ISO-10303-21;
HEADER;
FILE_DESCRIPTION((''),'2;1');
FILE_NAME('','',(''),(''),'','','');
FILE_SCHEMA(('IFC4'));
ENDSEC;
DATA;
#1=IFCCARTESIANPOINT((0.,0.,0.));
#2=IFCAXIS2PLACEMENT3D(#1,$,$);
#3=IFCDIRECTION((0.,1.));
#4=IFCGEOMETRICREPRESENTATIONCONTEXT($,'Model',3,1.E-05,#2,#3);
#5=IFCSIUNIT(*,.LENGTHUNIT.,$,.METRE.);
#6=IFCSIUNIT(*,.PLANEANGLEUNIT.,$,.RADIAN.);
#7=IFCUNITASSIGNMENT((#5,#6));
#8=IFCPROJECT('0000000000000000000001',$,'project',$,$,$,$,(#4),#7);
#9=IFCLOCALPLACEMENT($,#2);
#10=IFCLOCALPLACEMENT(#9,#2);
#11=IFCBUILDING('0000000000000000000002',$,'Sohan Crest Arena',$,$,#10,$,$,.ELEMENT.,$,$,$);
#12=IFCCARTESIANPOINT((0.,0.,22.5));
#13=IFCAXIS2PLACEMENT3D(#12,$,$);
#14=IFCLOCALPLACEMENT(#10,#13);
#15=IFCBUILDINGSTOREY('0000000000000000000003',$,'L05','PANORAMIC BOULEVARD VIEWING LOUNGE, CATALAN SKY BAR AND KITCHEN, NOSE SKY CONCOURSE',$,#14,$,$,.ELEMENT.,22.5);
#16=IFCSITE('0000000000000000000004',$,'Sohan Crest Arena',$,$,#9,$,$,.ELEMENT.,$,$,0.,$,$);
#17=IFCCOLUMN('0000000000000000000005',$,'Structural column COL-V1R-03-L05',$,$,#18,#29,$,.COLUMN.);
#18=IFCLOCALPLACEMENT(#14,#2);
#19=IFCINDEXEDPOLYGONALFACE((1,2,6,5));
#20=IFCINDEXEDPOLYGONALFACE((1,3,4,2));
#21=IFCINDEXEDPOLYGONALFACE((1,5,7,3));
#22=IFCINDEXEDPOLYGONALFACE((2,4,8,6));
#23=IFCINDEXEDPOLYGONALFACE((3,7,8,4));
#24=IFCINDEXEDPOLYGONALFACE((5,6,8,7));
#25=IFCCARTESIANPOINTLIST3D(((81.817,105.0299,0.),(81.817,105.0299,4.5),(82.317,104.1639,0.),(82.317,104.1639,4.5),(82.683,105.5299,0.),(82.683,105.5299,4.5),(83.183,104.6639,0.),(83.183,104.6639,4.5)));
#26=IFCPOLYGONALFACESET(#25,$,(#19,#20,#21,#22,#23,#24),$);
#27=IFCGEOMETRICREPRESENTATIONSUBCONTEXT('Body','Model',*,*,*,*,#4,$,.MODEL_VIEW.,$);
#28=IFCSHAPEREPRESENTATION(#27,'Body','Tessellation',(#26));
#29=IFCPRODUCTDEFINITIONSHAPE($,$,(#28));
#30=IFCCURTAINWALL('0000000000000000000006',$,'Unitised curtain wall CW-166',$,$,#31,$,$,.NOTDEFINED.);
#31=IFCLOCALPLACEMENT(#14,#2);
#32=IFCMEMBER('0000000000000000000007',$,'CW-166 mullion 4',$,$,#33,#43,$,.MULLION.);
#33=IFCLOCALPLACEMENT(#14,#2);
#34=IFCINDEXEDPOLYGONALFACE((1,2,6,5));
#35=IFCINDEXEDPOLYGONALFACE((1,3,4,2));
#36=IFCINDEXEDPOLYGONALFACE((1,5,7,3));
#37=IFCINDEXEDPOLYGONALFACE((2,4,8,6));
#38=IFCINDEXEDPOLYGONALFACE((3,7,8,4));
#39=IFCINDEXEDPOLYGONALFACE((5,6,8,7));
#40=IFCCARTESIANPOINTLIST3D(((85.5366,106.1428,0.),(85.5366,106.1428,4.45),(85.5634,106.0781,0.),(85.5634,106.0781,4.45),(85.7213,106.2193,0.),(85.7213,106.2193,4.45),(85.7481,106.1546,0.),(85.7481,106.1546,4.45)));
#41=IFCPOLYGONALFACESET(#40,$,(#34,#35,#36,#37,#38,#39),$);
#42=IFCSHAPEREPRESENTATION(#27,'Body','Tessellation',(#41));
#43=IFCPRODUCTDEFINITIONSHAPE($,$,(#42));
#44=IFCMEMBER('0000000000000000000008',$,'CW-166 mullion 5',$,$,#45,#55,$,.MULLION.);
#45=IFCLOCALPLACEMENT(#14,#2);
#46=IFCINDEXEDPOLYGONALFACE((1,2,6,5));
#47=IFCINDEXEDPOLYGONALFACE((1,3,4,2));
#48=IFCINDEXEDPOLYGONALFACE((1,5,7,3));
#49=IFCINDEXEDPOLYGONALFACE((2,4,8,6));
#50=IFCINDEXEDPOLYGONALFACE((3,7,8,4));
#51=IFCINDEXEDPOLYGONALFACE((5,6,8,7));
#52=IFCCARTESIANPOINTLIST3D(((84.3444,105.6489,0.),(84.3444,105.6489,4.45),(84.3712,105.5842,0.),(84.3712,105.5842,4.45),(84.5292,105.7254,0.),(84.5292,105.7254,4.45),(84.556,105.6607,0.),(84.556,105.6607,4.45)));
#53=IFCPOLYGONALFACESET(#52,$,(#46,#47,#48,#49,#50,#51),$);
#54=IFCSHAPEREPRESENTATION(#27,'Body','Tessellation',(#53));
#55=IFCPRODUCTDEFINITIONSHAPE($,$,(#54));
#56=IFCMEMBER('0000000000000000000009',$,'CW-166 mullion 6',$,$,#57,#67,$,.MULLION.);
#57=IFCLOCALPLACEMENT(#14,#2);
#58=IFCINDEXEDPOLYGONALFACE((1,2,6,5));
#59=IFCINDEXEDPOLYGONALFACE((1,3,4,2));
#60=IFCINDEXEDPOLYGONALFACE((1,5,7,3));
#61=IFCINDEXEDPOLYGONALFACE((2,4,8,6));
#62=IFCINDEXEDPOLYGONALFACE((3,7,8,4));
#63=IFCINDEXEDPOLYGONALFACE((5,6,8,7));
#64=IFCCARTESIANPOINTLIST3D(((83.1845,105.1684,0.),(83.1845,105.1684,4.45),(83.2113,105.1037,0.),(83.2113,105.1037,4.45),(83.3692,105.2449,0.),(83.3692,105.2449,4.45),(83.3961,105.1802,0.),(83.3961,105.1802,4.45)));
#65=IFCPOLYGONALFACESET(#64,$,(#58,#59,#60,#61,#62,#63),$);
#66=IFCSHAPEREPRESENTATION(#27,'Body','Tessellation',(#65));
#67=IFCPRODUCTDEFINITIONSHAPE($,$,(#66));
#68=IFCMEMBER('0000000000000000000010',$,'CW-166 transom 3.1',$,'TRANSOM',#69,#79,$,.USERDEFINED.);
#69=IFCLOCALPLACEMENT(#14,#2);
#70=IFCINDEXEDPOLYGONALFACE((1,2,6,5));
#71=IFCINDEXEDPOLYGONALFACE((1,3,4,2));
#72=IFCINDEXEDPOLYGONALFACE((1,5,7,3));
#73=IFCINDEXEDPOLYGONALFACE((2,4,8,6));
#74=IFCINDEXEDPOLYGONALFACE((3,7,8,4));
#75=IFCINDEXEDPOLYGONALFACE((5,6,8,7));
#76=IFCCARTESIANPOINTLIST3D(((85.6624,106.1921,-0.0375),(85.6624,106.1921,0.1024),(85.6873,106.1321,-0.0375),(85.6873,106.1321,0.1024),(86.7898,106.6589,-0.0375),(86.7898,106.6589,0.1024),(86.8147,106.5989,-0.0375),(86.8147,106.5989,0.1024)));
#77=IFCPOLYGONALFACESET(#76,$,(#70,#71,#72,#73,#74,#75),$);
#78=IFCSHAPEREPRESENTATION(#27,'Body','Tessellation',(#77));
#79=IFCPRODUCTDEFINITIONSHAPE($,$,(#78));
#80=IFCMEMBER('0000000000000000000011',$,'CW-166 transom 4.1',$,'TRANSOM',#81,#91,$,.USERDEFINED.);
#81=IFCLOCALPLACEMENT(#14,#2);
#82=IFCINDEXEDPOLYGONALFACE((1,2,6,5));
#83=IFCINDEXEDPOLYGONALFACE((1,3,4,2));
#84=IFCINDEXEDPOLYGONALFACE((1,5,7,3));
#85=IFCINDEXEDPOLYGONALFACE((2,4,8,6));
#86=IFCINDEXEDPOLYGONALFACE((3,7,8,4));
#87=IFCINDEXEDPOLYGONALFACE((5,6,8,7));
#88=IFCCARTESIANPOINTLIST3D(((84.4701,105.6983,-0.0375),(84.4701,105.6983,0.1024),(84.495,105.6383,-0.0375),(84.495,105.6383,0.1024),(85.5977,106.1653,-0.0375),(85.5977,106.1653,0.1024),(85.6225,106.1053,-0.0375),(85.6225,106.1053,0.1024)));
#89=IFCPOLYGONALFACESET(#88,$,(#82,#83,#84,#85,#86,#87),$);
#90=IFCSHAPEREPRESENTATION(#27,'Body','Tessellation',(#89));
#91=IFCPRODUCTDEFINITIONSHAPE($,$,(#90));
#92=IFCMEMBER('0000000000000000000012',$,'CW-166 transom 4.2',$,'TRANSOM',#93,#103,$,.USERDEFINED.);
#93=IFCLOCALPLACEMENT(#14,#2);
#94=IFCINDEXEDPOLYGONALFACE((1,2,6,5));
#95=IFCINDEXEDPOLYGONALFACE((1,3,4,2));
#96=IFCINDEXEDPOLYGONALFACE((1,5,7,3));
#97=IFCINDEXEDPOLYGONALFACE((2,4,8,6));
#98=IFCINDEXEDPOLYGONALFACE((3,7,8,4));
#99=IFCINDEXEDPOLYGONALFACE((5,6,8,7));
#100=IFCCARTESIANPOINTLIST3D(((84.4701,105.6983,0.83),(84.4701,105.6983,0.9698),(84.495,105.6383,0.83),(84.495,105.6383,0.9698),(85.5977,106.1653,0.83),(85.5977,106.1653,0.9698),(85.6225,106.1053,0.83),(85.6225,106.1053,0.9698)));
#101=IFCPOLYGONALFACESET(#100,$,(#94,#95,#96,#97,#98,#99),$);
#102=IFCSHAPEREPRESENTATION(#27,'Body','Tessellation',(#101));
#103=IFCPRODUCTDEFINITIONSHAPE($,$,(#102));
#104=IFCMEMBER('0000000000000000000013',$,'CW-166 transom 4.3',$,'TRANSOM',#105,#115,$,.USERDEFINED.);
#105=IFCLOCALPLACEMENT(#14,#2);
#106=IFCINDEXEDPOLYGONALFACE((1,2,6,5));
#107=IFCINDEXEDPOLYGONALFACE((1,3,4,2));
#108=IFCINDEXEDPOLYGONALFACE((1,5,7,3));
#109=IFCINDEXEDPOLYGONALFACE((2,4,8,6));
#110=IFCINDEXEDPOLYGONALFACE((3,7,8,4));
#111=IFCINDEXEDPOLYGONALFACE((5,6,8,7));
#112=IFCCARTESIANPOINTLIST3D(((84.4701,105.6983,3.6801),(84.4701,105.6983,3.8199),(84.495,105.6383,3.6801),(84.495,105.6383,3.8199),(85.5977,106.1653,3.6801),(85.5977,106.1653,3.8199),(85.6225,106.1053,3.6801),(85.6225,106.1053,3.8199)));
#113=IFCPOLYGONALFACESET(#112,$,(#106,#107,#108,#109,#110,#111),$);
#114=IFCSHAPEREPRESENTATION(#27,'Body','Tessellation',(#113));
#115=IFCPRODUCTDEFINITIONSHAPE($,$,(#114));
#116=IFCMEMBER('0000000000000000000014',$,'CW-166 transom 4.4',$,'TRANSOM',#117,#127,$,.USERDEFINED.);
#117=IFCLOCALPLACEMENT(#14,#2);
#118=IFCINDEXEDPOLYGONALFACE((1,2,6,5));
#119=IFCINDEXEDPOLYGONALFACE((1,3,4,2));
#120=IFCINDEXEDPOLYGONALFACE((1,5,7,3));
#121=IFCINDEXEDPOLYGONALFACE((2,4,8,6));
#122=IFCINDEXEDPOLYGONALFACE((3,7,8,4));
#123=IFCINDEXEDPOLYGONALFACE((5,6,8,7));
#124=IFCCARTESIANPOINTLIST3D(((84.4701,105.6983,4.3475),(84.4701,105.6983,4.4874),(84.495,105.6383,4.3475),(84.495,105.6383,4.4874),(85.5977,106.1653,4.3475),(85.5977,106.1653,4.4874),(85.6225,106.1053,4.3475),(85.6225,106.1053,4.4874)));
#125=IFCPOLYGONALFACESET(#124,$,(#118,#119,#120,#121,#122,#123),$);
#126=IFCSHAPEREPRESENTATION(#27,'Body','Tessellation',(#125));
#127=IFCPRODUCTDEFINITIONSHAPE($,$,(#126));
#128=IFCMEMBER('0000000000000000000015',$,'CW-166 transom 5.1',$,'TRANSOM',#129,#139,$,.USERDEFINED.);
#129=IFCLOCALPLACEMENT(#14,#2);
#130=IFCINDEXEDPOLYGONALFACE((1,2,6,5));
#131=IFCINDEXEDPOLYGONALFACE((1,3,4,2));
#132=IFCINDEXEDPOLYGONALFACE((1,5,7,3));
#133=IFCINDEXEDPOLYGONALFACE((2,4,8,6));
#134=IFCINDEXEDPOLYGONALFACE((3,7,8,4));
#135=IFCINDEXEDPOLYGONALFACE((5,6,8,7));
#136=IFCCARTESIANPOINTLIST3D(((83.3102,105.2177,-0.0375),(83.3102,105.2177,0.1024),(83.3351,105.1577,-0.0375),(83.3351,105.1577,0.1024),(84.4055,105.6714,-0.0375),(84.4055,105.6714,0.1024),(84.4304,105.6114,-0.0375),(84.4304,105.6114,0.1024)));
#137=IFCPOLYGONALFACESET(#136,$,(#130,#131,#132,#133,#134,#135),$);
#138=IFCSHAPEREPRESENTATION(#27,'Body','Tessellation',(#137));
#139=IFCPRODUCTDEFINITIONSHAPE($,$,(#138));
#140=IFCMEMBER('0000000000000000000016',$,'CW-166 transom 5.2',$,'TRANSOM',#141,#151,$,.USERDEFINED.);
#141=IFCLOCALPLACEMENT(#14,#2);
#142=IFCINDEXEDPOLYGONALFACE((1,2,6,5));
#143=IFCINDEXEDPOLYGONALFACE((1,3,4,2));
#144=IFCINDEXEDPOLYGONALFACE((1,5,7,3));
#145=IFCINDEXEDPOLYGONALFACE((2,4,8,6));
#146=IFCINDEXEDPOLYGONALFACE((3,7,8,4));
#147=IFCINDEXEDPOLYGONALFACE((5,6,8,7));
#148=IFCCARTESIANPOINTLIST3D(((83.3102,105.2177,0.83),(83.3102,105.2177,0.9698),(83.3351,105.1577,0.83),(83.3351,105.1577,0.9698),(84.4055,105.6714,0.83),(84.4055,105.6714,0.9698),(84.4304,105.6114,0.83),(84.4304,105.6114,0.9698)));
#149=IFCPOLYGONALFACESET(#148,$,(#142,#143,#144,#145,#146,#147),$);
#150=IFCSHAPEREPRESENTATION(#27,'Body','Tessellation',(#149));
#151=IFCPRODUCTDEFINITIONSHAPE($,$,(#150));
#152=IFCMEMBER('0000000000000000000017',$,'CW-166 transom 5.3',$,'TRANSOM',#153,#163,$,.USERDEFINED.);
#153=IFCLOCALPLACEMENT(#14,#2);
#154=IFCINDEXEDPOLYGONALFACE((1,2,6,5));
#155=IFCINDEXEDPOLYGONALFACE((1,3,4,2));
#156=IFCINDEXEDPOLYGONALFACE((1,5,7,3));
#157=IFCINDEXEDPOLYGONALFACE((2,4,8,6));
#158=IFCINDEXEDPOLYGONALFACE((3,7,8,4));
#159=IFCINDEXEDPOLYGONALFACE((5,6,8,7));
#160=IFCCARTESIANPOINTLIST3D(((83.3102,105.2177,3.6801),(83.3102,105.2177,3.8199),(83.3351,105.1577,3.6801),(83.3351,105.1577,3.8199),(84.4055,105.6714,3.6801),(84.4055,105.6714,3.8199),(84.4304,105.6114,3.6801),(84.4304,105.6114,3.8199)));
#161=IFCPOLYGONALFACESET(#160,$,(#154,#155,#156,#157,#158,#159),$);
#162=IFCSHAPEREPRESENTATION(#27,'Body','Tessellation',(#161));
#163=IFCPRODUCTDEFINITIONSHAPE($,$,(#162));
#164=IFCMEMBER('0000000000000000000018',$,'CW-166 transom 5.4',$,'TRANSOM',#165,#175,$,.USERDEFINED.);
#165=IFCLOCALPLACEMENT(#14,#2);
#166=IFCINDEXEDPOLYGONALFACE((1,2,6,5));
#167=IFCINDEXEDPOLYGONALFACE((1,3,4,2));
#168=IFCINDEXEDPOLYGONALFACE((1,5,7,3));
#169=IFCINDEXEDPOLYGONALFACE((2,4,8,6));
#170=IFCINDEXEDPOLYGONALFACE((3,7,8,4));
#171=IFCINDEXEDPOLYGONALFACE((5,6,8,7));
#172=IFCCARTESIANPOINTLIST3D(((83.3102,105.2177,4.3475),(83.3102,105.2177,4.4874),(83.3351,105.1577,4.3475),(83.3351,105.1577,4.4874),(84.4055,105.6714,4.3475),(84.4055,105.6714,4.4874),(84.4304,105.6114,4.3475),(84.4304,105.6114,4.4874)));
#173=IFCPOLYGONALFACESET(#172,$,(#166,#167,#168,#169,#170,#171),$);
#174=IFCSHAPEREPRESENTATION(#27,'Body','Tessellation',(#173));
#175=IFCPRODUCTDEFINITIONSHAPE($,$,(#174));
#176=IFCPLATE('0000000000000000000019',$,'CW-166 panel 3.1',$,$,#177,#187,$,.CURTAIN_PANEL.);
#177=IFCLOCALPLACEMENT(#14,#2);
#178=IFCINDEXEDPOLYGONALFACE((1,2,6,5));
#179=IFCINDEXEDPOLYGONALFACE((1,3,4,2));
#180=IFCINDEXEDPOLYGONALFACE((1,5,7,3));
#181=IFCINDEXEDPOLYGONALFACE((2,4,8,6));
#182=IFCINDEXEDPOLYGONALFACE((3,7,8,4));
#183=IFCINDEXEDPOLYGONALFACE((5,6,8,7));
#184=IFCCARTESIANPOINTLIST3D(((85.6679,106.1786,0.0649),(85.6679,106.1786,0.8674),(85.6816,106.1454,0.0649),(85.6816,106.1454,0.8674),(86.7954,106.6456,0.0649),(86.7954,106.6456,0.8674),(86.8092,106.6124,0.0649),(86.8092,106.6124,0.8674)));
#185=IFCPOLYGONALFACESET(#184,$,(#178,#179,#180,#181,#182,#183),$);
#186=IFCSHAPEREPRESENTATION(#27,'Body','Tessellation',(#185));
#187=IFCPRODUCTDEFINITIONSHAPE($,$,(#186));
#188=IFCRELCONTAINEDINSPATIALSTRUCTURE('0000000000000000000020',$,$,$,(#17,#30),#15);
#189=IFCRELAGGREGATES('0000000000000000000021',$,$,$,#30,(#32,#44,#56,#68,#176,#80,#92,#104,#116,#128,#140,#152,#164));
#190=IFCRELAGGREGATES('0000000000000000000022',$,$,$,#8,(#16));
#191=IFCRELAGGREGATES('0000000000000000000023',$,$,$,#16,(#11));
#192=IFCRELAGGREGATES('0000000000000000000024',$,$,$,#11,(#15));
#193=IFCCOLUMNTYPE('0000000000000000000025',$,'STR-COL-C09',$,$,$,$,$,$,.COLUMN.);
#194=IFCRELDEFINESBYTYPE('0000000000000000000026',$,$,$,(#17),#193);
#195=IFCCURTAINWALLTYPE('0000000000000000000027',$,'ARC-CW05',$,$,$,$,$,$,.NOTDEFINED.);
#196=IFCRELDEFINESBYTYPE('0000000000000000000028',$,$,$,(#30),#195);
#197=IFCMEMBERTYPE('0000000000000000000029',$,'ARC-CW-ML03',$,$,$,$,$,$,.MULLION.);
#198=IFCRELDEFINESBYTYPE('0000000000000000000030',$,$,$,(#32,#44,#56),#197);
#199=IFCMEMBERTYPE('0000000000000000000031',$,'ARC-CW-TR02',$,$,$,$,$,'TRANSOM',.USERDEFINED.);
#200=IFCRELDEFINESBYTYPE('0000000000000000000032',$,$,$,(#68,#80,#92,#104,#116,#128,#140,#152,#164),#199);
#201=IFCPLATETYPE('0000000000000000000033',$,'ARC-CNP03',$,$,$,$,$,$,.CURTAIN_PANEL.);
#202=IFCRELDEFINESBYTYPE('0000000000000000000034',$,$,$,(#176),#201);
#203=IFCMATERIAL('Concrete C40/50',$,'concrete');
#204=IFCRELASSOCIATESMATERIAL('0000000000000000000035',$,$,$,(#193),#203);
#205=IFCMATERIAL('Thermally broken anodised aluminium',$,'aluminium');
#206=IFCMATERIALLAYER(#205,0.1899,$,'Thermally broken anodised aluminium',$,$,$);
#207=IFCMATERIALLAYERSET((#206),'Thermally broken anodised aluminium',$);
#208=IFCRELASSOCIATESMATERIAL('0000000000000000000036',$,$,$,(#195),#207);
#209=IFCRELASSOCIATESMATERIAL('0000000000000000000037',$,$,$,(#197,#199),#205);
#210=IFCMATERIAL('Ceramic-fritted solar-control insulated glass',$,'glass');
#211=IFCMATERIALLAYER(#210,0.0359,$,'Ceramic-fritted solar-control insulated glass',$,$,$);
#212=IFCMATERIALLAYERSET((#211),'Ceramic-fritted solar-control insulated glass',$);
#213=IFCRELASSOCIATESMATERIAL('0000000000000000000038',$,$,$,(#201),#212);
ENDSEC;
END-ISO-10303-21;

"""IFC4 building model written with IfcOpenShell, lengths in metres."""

from ifc_helpers import new_model, si_unit, direction, frame, origin, origin_2d, place, context, subcontext, project, spatial, rectangle, extrude, material, layer, layer_set, material_profile, profile_set, type_object, element, aggregate, save


model = new_model("IFC4")

# Units and contexts
model_context = context("Model", 3, precision=1e-05, world=origin(), true_north=direction((0.0, 1.0)))
body_context = subcontext(model_context, "Body", "Model", "MODEL_VIEW")
ifc_project = project(units=[si_unit("LENGTHUNIT", "METRE"), si_unit("PLANEANGLEUNIT", "RADIAN")], contexts=[model_context])

# Site, building, storey
site_placement = place(None, origin())
site = spatial("IfcSite", under=ifc_project, at=site_placement, Name="Sohan Crest Arena", CompositionType="ELEMENT", RefElevation=0.0)
building_placement = place(site_placement, origin())
building = spatial("IfcBuilding", under=site, at=building_placement, Name="Sohan Crest Arena", CompositionType="ELEMENT")
storey_placement = place(building_placement, frame((0.0, 0.0, 22.5)))
storey = spatial("IfcBuildingStorey", under=building, at=storey_placement, Name="L05", Description="PANORAMIC BOULEVARD VIEWING LOUNGE, CATALAN SKY BAR AND KITCHEN, NOSE SKY CONCOURSE", CompositionType="ELEMENT", Elevation=22.5)

# Column
ifc_material_1 = material(Name="Concrete C40/50", Category="concrete")
ifc_material_profile_1 = material_profile(ifc_material_1, rectangle(XDim=1.0, YDim=1.0, at=origin_2d()), Name="RC 1000x1000")
ifc_profile_set_1 = profile_set([ifc_material_profile_1], Name="Concrete C40/50")
column_type = type_object("IfcColumnType", Name="STR-COL-C09", PredefinedType="COLUMN", material=ifc_profile_set_1)
column_placement = place(storey_placement, frame((82.5, 104.8469, 0.0), z_axis=(0.0, 0.0, 1.0), x_axis=(-0.5, 0.866025, 0.0)))
element("IfcColumn", 1, at=column_placement, inside=storey, type_object=column_type, Name="Structural column COL-V1R-03-L05", PredefinedType="COLUMN", context=body_context, shape_type="SweptSolid", body=[
    extrude(rectangle(XDim=1.0, YDim=1.0, at=origin_2d()), origin(), (0.0, 0.0, 1.0), 4.5),
])

# Curtain wall, members, plate
ifc_material_2 = material(Name="Thermally broken anodised aluminium", Category="aluminium")
ifc_layer_1 = layer(ifc_material_2, 0.1899, Name="Thermally broken anodised aluminium")
ifc_layer_set_1 = layer_set([ifc_layer_1], Name="Thermally broken anodised aluminium")
curtain_wall_type = type_object("IfcCurtainWallType", Name="ARC-CW05", PredefinedType="NOTDEFINED", material=ifc_layer_set_1)
curtain_wall_placement = place(storey_placement, origin())
curtain_wall = element("IfcCurtainWall", 2, at=curtain_wall_placement, inside=storey, type_object=curtain_wall_type, Name="Unitised curtain wall CW-166", PredefinedType="NOTDEFINED")
ifc_material_profile_2 = material_profile(ifc_material_2, rectangle(XDim=0.0701, YDim=0.2, at=origin_2d()), Name="ALU-MULL 70x200")
ifc_profile_set_2 = profile_set([ifc_material_profile_2], Name="Thermally broken anodised aluminium")
member_type_1 = type_object("IfcMemberType", Name="ARC-CW-ML03", PredefinedType="MULLION", material=ifc_profile_set_2)
member_1_placement = place(storey_placement, frame((85.6423, 106.1487, 0.0), z_axis=(0.0, 0.0, 1.0), x_axis=(0.382667, -0.923886, 0.0)))
member_1 = element("IfcMember", 3, at=member_1_placement, type_object=member_type_1, Name="CW-166 mullion 4", PredefinedType="MULLION", context=body_context, shape_type="SweptSolid", body=[
    extrude(rectangle(XDim=0.0701, YDim=0.2, at=origin_2d()), origin(), (0.0, 0.0, 1.0), 4.45),
])
member_2_placement = place(storey_placement, frame((84.4502, 105.6548, 0.0), z_axis=(0.0, 0.0, 1.0), x_axis=(0.382667, -0.923886, 0.0)))
member_2 = element("IfcMember", 4, at=member_2_placement, type_object=member_type_1, Name="CW-166 mullion 5", PredefinedType="MULLION", context=body_context, shape_type="SweptSolid", body=[
    extrude(rectangle(XDim=0.0701, YDim=0.2, at=origin_2d()), origin(), (0.0, 0.0, 1.0), 4.45),
])
member_3_placement = place(storey_placement, frame((83.2903, 105.1743, 0.0), z_axis=(0.0, 0.0, 1.0), x_axis=(0.382667, -0.923886, 0.0)))
member_3 = element("IfcMember", 5, at=member_3_placement, type_object=member_type_1, Name="CW-166 mullion 6", PredefinedType="MULLION", context=body_context, shape_type="SweptSolid", body=[
    extrude(rectangle(XDim=0.0701, YDim=0.2, at=origin_2d()), origin(), (0.0, 0.0, 1.0), 4.45),
])
ifc_material_profile_3 = material_profile(ifc_material_2, rectangle(XDim=0.0649, YDim=0.1399, at=origin_2d()), Name="ALU-TRAN 65x140")
ifc_profile_set_3 = profile_set([ifc_material_profile_3], Name="Thermally broken anodised aluminium")
member_type_2 = type_object("IfcMemberType", Name="ARC-CW-TR02", ElementType="TRANSOM", PredefinedType="USERDEFINED", material=ifc_profile_set_3)
member_4_placement = place(storey_placement, frame((86.8022, 106.6289, 0.0325), z_axis=(-0.923939, -0.38254, 0.0), x_axis=(0.38254, -0.923939, 0.0)))
member_4 = element("IfcMember", 6, at=member_4_placement, type_object=member_type_2, Name="CW-166 transom 3.1", ObjectType="TRANSOM", PredefinedType="USERDEFINED", context=body_context, shape_type="SweptSolid", body=[
    extrude(rectangle(XDim=0.0649, YDim=0.1399, at=origin_2d()), origin(), (0.0, 0.0, 1.0), 1.2202),
])
member_5_placement = place(storey_placement, frame((85.6101, 106.1353, 0.0325), z_axis=(-0.923897, -0.38264, 0.0), x_axis=(0.38264, -0.923897, 0.0)))
member_5 = element("IfcMember", 7, at=member_5_placement, type_object=member_type_2, Name="CW-166 transom 4.1", ObjectType="TRANSOM", PredefinedType="USERDEFINED", context=body_context, shape_type="SweptSolid", body=[
    extrude(rectangle(XDim=0.0649, YDim=0.1399, at=origin_2d()), origin(), (0.0, 0.0, 1.0), 1.2205),
])
member_6_placement = place(storey_placement, frame((85.6101, 106.1353, 0.8999), z_axis=(-0.923897, -0.38264, 0.0), x_axis=(0.38264, -0.923897, 0.0)))
member_6 = element("IfcMember", 8, at=member_6_placement, type_object=member_type_2, Name="CW-166 transom 4.2", ObjectType="TRANSOM", PredefinedType="USERDEFINED", context=body_context, shape_type="SweptSolid", body=[
    extrude(rectangle(XDim=0.0649, YDim=0.1399, at=origin_2d()), origin(), (0.0, 0.0, 1.0), 1.2205),
])
member_7_placement = place(storey_placement, frame((85.6101, 106.1353, 3.75), z_axis=(-0.923897, -0.38264, 0.0), x_axis=(0.38264, -0.923897, 0.0)))
member_7 = element("IfcMember", 9, at=member_7_placement, type_object=member_type_2, Name="CW-166 transom 4.3", ObjectType="TRANSOM", PredefinedType="USERDEFINED", context=body_context, shape_type="SweptSolid", body=[
    extrude(rectangle(XDim=0.0649, YDim=0.1399, at=origin_2d()), origin(), (0.0, 0.0, 1.0), 1.2205),
])
member_8_placement = place(storey_placement, frame((85.6101, 106.1353, 4.4175), z_axis=(-0.923897, -0.38264, 0.0), x_axis=(0.38264, -0.923897, 0.0)))
member_8 = element("IfcMember", 10, at=member_8_placement, type_object=member_type_2, Name="CW-166 transom 4.4", ObjectType="TRANSOM", PredefinedType="USERDEFINED", context=body_context, shape_type="SweptSolid", body=[
    extrude(rectangle(XDim=0.0649, YDim=0.1399, at=origin_2d()), origin(), (0.0, 0.0, 1.0), 1.2205),
])
member_9_placement = place(storey_placement, frame((84.418, 105.6414, 0.0325), z_axis=(-0.923891, -0.382655, 0.0), x_axis=(0.382655, -0.923891, 0.0)))
member_9 = element("IfcMember", 11, at=member_9_placement, type_object=member_type_2, Name="CW-166 transom 5.1", ObjectType="TRANSOM", PredefinedType="USERDEFINED", context=body_context, shape_type="SweptSolid", body=[
    extrude(rectangle(XDim=0.0649, YDim=0.1399, at=origin_2d()), origin(), (0.0, 0.0, 1.0), 1.1855),
])
member_10_placement = place(storey_placement, frame((84.418, 105.6414, 0.8999), z_axis=(-0.923891, -0.382655, 0.0), x_axis=(0.382655, -0.923891, 0.0)))
member_10 = element("IfcMember", 12, at=member_10_placement, type_object=member_type_2, Name="CW-166 transom 5.2", ObjectType="TRANSOM", PredefinedType="USERDEFINED", context=body_context, shape_type="SweptSolid", body=[
    extrude(rectangle(XDim=0.0649, YDim=0.1399, at=origin_2d()), origin(), (0.0, 0.0, 1.0), 1.1855),
])
member_11_placement = place(storey_placement, frame((84.418, 105.6414, 3.75), z_axis=(-0.923891, -0.382655, 0.0), x_axis=(0.382655, -0.923891, 0.0)))
member_11 = element("IfcMember", 13, at=member_11_placement, type_object=member_type_2, Name="CW-166 transom 5.3", ObjectType="TRANSOM", PredefinedType="USERDEFINED", context=body_context, shape_type="SweptSolid", body=[
    extrude(rectangle(XDim=0.0649, YDim=0.1399, at=origin_2d()), origin(), (0.0, 0.0, 1.0), 1.1855),
])
member_12_placement = place(storey_placement, frame((84.418, 105.6414, 4.4175), z_axis=(-0.923891, -0.382655, 0.0), x_axis=(0.382655, -0.923891, 0.0)))
member_12 = element("IfcMember", 14, at=member_12_placement, type_object=member_type_2, Name="CW-166 transom 5.4", ObjectType="TRANSOM", PredefinedType="USERDEFINED", context=body_context, shape_type="SweptSolid", body=[
    extrude(rectangle(XDim=0.0649, YDim=0.1399, at=origin_2d()), origin(), (0.0, 0.0, 1.0), 1.1855),
])
ifc_material_3 = material(Name="Ceramic-fritted solar-control insulated glass", Category="glass")
ifc_layer_2 = layer(ifc_material_3, 0.0359, Name="Ceramic-fritted solar-control insulated glass")
ifc_layer_set_2 = layer_set([ifc_layer_2], Name="Ceramic-fritted solar-control insulated glass")
plate_type = type_object("IfcPlateType", Name="ARC-CNP03", PredefinedType="CURTAIN_PANEL", material=ifc_layer_set_2)
plate_1_placement = place(storey_placement, frame((86.2385, 106.3955, 0.0649), z_axis=(0.0, 0.0, 1.0), x_axis=(-0.923886, -0.382667, 0.0)))
plate_1 = element("IfcPlate", 15, at=plate_1_placement, type_object=plate_type, Name="CW-166 panel 3.1", PredefinedType="CURTAIN_PANEL", context=body_context, shape_type="SweptSolid", body=[
    extrude(rectangle(XDim=1.2205, YDim=0.0359, at=origin_2d()), origin(), (0.0, 0.0, 1.0), 0.8025),
])
aggregate(curtain_wall, [member_1, member_2, member_3, member_4, plate_1, member_5, member_6, member_7, member_8, member_9, member_10, member_11, member_12])

save(model, "model.ifc")
